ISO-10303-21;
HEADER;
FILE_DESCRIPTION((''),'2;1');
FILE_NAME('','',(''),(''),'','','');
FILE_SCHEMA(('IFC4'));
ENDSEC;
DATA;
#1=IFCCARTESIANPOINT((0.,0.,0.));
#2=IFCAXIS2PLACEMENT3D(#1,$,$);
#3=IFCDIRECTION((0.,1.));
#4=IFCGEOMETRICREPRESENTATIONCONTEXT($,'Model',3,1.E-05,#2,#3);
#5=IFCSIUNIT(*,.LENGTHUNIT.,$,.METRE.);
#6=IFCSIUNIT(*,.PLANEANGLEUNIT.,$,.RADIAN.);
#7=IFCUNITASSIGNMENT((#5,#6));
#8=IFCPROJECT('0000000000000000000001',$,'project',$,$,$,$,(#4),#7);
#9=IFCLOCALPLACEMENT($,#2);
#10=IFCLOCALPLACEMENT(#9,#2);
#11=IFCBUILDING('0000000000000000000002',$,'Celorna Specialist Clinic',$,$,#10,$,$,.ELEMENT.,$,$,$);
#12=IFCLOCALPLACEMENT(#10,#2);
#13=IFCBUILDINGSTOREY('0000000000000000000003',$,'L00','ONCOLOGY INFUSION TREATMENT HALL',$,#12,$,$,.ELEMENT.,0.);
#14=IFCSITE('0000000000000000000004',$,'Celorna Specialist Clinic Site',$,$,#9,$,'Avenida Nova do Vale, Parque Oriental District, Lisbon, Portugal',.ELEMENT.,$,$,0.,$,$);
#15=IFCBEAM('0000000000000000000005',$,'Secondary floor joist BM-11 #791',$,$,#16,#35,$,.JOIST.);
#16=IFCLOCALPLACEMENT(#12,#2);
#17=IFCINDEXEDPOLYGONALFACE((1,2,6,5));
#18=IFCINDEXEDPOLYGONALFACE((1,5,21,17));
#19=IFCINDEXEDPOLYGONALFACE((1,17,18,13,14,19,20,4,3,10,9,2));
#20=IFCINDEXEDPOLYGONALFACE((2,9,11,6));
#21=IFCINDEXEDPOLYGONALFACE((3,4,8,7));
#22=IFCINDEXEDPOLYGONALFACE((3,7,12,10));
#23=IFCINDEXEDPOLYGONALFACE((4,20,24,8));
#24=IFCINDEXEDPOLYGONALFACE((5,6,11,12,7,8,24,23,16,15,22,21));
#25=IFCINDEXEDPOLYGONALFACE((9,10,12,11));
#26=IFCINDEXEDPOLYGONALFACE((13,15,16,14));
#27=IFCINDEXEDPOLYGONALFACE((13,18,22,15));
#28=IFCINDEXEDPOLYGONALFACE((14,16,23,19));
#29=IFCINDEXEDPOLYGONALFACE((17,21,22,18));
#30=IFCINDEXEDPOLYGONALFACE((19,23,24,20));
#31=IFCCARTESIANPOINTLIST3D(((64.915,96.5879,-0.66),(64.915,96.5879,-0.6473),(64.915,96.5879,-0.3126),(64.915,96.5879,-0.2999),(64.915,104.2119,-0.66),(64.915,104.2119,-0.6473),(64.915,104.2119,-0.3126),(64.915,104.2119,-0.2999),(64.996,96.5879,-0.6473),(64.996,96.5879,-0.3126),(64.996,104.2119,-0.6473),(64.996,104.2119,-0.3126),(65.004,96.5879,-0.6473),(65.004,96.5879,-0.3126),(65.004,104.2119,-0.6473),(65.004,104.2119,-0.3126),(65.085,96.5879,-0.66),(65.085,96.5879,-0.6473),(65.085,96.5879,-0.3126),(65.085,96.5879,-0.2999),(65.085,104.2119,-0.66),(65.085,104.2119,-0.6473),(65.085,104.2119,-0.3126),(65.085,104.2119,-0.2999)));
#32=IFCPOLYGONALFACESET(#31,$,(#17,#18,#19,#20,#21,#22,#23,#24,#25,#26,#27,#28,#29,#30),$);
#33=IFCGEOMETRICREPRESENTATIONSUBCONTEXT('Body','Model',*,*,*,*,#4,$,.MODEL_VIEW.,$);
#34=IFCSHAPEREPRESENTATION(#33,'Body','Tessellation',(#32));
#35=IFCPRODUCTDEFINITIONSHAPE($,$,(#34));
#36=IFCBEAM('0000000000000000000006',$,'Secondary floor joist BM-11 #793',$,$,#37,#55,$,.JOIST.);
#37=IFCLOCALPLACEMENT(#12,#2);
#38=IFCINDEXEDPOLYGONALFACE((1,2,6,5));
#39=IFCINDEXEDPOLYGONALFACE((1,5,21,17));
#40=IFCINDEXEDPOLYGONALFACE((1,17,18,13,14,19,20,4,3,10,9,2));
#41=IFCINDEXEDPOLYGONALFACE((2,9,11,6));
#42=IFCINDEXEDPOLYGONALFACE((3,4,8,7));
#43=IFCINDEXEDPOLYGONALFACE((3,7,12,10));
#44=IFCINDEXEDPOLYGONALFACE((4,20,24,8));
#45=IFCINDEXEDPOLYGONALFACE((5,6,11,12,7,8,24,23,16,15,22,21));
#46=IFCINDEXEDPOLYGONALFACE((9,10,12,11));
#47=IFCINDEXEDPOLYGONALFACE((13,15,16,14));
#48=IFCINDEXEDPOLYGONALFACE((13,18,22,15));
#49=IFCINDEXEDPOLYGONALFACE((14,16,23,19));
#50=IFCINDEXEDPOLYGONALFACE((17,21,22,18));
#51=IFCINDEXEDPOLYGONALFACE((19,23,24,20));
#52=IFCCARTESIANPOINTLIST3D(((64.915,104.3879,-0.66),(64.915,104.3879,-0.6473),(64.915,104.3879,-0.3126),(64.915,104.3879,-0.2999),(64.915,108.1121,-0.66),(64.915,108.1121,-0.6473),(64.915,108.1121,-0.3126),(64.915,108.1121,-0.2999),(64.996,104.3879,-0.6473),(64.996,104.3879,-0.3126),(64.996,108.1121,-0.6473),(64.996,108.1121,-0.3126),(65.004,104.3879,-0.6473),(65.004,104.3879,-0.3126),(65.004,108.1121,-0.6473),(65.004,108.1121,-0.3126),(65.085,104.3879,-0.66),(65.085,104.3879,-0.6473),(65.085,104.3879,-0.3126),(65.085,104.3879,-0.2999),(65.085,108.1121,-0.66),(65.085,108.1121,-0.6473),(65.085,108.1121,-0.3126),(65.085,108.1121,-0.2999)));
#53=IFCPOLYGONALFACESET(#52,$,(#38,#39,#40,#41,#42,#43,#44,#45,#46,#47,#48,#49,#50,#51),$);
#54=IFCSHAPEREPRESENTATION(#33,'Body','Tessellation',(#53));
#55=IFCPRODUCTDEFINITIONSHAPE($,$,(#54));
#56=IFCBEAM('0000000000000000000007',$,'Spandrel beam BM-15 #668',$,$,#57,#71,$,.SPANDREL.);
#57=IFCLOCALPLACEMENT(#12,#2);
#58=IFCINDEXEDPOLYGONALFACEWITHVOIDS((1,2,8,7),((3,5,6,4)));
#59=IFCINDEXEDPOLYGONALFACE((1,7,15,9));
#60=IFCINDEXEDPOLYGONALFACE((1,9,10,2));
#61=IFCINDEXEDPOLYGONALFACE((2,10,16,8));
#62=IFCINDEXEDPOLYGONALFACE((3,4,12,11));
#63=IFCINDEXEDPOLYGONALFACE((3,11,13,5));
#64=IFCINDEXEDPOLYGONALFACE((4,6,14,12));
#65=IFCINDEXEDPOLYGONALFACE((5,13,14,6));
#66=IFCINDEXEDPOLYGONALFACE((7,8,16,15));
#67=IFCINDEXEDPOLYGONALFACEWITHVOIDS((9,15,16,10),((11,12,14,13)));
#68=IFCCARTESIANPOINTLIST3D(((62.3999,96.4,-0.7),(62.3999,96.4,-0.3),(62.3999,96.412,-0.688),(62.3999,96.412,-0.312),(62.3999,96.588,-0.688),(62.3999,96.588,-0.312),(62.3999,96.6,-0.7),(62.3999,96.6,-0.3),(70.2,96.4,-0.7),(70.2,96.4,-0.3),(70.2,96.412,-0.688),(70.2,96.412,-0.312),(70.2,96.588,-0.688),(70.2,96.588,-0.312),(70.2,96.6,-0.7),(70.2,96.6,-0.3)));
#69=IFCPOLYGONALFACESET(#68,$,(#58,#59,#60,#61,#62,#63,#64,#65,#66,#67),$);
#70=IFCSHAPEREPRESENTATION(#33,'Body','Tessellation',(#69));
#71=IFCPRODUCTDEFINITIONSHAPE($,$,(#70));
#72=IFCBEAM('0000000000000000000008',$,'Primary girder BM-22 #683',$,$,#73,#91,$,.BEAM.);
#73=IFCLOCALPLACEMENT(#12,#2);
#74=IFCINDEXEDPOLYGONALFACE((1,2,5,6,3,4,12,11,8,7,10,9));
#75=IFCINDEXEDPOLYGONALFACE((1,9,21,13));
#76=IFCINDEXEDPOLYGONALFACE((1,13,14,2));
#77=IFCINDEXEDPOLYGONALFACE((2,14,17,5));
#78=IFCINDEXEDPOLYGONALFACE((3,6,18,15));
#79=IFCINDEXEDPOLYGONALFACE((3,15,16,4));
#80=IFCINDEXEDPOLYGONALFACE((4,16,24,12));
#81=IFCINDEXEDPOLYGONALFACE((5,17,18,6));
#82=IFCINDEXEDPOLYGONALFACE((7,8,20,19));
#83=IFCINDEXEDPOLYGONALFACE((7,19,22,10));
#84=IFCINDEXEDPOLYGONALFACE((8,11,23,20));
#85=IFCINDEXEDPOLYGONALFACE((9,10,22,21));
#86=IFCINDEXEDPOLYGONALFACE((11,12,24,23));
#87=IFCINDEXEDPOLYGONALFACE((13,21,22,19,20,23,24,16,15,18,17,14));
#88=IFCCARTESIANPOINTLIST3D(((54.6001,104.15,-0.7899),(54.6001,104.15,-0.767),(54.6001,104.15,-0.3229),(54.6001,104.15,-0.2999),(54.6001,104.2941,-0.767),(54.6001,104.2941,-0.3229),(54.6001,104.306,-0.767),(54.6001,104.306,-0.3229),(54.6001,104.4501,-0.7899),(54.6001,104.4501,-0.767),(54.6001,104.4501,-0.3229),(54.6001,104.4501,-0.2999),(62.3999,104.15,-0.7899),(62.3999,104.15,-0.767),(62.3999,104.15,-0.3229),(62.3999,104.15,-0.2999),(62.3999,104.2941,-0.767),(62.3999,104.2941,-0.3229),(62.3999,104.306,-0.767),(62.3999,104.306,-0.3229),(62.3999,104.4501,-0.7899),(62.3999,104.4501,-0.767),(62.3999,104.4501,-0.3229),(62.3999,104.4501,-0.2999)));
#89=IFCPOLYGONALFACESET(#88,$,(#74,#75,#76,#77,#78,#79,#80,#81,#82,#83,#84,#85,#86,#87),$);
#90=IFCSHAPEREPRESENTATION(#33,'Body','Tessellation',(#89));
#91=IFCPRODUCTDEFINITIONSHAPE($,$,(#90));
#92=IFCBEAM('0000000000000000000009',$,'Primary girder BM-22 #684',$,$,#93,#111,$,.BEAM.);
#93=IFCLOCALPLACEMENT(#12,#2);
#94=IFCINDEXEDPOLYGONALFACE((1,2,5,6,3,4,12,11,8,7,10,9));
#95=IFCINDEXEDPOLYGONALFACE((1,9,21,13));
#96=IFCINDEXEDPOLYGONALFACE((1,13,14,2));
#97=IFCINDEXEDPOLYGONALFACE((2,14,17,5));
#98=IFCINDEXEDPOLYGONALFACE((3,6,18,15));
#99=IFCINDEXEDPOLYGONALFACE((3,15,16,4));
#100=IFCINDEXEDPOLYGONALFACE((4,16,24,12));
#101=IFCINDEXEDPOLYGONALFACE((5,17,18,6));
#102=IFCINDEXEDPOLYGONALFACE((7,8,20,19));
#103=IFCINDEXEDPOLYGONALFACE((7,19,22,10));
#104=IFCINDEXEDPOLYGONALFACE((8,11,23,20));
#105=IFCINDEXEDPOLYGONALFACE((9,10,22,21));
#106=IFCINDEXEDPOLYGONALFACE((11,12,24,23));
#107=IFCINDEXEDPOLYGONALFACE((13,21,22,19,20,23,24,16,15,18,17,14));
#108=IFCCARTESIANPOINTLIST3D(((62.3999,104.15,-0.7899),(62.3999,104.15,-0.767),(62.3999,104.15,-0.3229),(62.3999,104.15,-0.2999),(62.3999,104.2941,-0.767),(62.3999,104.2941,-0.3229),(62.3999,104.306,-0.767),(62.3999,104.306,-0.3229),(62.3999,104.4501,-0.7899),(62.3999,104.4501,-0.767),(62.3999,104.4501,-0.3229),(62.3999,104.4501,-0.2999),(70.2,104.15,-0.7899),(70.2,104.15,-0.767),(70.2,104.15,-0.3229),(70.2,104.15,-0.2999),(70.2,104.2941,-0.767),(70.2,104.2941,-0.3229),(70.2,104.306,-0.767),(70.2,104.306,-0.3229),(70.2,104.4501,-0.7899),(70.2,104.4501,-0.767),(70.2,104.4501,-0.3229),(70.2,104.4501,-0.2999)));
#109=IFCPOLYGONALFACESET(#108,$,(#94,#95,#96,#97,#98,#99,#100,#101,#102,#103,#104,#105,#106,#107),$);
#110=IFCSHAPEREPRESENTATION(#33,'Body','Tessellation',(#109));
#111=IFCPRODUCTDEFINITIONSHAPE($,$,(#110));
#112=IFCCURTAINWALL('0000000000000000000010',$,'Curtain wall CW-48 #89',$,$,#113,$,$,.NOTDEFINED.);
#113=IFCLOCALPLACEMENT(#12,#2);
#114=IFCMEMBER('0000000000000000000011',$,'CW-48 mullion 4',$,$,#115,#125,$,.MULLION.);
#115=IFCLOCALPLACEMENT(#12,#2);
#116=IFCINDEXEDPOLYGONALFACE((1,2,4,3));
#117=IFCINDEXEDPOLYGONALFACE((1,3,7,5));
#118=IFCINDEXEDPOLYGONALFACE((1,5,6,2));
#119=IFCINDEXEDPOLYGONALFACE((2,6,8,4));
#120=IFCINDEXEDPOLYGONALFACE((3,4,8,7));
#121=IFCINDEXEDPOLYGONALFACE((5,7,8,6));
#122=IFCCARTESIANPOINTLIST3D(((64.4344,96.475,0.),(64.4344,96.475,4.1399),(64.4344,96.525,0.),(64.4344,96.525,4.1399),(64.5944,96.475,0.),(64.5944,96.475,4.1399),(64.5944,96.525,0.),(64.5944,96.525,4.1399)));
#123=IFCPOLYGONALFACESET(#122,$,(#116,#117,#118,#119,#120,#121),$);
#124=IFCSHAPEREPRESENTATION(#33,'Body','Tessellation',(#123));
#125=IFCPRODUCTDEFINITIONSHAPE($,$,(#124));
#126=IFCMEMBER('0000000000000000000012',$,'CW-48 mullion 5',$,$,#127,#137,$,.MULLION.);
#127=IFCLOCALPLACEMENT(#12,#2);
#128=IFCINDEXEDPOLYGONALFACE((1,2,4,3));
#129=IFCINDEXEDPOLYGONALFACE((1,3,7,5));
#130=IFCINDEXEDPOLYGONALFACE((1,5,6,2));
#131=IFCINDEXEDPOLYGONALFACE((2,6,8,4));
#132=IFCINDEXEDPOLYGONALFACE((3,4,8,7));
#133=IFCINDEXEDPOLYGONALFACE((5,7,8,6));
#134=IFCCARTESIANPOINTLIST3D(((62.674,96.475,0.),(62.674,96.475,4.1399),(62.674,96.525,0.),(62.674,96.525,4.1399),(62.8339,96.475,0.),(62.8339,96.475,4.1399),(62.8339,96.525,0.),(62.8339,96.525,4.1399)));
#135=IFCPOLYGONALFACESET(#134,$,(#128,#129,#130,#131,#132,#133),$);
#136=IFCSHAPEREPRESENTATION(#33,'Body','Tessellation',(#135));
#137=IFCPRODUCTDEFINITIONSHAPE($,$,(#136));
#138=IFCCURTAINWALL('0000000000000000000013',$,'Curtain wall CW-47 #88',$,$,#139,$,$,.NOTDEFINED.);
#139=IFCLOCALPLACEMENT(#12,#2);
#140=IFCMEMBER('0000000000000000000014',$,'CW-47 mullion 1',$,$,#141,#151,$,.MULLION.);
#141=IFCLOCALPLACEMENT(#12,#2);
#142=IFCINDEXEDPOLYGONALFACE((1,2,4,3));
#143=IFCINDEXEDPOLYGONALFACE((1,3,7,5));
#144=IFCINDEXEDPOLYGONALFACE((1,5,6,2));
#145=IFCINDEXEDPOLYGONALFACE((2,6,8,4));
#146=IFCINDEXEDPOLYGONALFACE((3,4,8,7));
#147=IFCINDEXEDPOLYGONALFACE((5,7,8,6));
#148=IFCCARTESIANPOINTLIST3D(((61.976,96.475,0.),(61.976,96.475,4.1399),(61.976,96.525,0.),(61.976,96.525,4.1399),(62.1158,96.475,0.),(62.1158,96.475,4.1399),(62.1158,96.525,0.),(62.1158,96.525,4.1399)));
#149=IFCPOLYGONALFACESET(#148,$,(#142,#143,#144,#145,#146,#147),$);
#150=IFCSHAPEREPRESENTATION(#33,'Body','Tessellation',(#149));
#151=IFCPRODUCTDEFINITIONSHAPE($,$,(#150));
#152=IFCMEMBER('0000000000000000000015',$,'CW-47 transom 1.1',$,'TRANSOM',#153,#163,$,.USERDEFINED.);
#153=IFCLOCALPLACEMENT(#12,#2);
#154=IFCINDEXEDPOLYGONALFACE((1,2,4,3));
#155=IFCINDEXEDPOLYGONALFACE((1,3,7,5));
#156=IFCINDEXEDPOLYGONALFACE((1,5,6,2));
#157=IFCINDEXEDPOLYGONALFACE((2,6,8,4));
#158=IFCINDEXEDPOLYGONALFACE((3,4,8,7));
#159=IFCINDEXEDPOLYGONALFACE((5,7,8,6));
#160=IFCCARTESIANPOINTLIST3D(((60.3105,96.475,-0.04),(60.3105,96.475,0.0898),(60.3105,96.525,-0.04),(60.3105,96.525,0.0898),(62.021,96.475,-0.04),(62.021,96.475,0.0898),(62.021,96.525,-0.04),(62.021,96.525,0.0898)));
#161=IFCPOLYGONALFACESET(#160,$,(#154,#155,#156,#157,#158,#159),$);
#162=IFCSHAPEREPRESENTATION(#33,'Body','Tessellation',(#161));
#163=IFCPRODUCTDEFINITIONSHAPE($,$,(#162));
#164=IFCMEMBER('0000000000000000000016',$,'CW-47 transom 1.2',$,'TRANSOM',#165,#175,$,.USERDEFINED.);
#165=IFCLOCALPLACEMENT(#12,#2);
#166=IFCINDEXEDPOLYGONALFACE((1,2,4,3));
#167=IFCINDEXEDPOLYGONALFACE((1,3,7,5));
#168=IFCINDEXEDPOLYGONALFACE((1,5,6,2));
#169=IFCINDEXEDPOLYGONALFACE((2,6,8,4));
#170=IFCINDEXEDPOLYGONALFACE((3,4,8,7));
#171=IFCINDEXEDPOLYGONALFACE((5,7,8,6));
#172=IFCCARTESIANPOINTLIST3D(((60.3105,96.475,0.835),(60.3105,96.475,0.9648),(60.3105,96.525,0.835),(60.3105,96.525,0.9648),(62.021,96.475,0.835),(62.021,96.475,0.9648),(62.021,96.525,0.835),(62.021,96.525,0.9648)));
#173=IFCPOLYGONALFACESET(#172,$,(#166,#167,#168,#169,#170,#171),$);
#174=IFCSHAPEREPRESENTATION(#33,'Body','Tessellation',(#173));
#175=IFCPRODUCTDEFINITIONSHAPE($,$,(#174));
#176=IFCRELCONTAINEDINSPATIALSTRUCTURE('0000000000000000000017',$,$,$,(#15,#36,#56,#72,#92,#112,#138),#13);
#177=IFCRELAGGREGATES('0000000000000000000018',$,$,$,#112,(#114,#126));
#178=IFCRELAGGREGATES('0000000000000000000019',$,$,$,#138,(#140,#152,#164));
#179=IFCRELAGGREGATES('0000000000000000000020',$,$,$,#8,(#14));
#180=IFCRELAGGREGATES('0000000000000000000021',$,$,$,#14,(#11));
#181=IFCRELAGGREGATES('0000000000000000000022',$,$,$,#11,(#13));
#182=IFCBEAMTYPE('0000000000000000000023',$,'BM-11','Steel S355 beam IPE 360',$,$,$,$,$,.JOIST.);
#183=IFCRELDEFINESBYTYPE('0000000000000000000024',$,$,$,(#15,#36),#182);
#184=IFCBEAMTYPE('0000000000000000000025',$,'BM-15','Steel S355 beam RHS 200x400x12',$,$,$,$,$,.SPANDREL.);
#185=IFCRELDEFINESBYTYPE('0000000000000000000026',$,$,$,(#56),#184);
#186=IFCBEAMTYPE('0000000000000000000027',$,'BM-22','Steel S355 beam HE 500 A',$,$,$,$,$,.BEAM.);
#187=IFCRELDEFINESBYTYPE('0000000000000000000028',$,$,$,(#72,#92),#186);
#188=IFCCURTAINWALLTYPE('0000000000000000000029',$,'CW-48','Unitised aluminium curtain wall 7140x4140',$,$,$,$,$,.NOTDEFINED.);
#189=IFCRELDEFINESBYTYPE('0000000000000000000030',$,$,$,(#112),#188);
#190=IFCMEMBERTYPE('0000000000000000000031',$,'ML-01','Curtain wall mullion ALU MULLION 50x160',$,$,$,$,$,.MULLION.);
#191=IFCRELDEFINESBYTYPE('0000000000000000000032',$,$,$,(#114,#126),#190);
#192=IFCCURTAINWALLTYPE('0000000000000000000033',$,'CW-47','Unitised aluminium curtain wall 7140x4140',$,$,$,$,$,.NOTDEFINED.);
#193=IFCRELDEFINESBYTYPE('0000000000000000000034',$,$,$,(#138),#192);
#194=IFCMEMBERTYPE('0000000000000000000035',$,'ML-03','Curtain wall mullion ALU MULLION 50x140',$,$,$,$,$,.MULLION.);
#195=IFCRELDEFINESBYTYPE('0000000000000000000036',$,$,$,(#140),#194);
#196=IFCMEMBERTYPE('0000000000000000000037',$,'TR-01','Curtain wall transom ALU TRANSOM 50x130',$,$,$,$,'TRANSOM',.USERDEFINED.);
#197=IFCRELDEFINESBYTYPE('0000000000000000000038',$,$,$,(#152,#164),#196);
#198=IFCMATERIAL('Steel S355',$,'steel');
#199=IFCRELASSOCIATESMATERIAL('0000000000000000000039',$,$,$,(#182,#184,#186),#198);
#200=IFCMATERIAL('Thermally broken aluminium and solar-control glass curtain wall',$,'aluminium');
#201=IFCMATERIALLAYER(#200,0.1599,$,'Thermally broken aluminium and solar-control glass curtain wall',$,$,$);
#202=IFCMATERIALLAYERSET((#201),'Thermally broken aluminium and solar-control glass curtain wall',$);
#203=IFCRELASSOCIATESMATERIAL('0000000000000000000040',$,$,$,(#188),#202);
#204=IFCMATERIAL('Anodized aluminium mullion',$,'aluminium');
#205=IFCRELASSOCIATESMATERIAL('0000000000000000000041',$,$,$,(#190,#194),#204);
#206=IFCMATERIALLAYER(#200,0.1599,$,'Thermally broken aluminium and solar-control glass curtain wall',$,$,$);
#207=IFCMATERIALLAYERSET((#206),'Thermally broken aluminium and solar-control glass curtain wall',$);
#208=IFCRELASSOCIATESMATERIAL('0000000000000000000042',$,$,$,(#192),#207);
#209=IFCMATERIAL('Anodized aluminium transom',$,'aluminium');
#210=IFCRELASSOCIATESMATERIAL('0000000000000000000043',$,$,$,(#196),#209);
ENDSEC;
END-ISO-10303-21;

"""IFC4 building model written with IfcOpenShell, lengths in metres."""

from ifc_helpers import new_model, si_unit, direction, frame, origin, origin_2d, place, context, subcontext, project, spatial, rectangle, hollow_rectangle, i_section, extrude, material, layer, layer_set, material_profile, profile_set, type_object, element, aggregate, save


model = new_model("IFC4")

# Units and contexts
model_context = context("Model", 3, precision=1e-05, world=origin(), true_north=direction((0.0, 1.0)))
body_context = subcontext(model_context, "Body", "Model", "MODEL_VIEW")
ifc_project = project(units=[si_unit("LENGTHUNIT", "METRE"), si_unit("PLANEANGLEUNIT", "RADIAN")], contexts=[model_context])

# Site, building, storey
site_placement = place(None, origin())
site = spatial("IfcSite", under=ifc_project, at=site_placement, Name="Celorna Specialist Clinic Site", LongName="Avenida Nova do Vale, Parque Oriental District, Lisbon, Portugal", CompositionType="ELEMENT", RefElevation=0.0)
building_placement = place(site_placement, origin())
building = spatial("IfcBuilding", under=site, at=building_placement, Name="Celorna Specialist Clinic", CompositionType="ELEMENT")
storey_placement = place(building_placement, origin())
storey = spatial("IfcBuildingStorey", under=building, at=storey_placement, Name="L00", Description="ONCOLOGY INFUSION TREATMENT HALL", CompositionType="ELEMENT", Elevation=0.0)

# Beams
ifc_material_1 = material(Name="Steel S355", Category="steel")
ifc_material_profile_1 = material_profile(ifc_material_1, i_section(OverallWidth=0.1699, OverallDepth=0.3601, WebThickness=0.0081, FlangeThickness=0.0127, at=origin_2d()), Name="IPE 360")
ifc_profile_set_1 = profile_set([ifc_material_profile_1], Name="Steel S355")
beam_type_1 = type_object("IfcBeamType", Name="BM-11", Description="Steel S355 beam IPE 360", PredefinedType="JOIST", material=ifc_profile_set_1)
beam_1_placement = place(storey_placement, frame((65.0, 96.5879, -0.48), z_axis=(0.0, 1.0, 0.0), x_axis=(-1.0, 0.0, 0.0)))
element("IfcBeam", 1, at=beam_1_placement, inside=storey, type_object=beam_type_1, Name="Secondary floor joist BM-11 #791", PredefinedType="JOIST", context=body_context, shape_type="SweptSolid", body=[
    extrude(i_section(OverallWidth=0.1699, OverallDepth=0.3601, WebThickness=0.0081, FlangeThickness=0.0127, at=origin_2d()), origin(), (0.0, 0.0, 1.0), 7.624),
])
beam_2_placement = place(storey_placement, frame((65.0, 104.3879, -0.48), z_axis=(0.0, 1.0, 0.0), x_axis=(-1.0, 0.0, 0.0)))
element("IfcBeam", 2, at=beam_2_placement, inside=storey, type_object=beam_type_1, Name="Secondary floor joist BM-11 #793", PredefinedType="JOIST", context=body_context, shape_type="SweptSolid", body=[
    extrude(i_section(OverallWidth=0.1699, OverallDepth=0.3601, WebThickness=0.0081, FlangeThickness=0.0127, at=origin_2d()), origin(), (0.0, 0.0, 1.0), 3.7241),
])
ifc_material_profile_2 = material_profile(ifc_material_1, hollow_rectangle(XDim=0.2, YDim=0.3999, WallThickness=0.012, at=origin_2d()), Name="RHS 200x400x12")
ifc_profile_set_2 = profile_set([ifc_material_profile_2], Name="Steel S355")
beam_type_2 = type_object("IfcBeamType", Name="BM-15", Description="Steel S355 beam RHS 200x400x12", PredefinedType="SPANDREL", material=ifc_profile_set_2)
beam_3_placement = place(storey_placement, frame((62.3999, 96.5, -0.5), z_axis=(1.0, 0.0, 0.0), x_axis=(0.0, 1.0, 0.0)))
element("IfcBeam", 3, at=beam_3_placement, inside=storey, type_object=beam_type_2, Name="Spandrel beam BM-15 #668", PredefinedType="SPANDREL", context=body_context, shape_type="SweptSolid", body=[
    extrude(hollow_rectangle(XDim=0.2, YDim=0.3999, WallThickness=0.012, at=origin_2d()), origin(), (0.0, 0.0, 1.0), 7.8),
])
ifc_material_profile_3 = material_profile(ifc_material_1, i_section(OverallWidth=0.3, OverallDepth=0.49, WebThickness=0.012, FlangeThickness=0.0229, at=origin_2d()), Name="HE 500 A")
ifc_profile_set_3 = profile_set([ifc_material_profile_3], Name="Steel S355")
beam_type_3 = type_object("IfcBeamType", Name="BM-22", Description="Steel S355 beam HE 500 A", PredefinedType="BEAM", material=ifc_profile_set_3)
beam_4_placement = place(storey_placement, frame((54.6001, 104.3, -0.5449), z_axis=(1.0, 0.0, 0.0), x_axis=(0.0, 1.0, 0.0)))
element("IfcBeam", 4, at=beam_4_placement, inside=storey, type_object=beam_type_3, Name="Primary girder BM-22 #683", PredefinedType="BEAM", context=body_context, shape_type="SweptSolid", body=[
    extrude(i_section(OverallWidth=0.3, OverallDepth=0.49, WebThickness=0.012, FlangeThickness=0.0229, at=origin_2d()), origin(), (0.0, 0.0, 1.0), 7.7998),
])
beam_5_placement = place(storey_placement, frame((62.3999, 104.3, -0.5449), z_axis=(1.0, 0.0, 0.0), x_axis=(0.0, 1.0, 0.0)))
element("IfcBeam", 5, at=beam_5_placement, inside=storey, type_object=beam_type_3, Name="Primary girder BM-22 #684", PredefinedType="BEAM", context=body_context, shape_type="SweptSolid", body=[
    extrude(i_section(OverallWidth=0.3, OverallDepth=0.49, WebThickness=0.012, FlangeThickness=0.0229, at=origin_2d()), origin(), (0.0, 0.0, 1.0), 7.8),
])

# Curtain walls, members
ifc_material_2 = material(Name="Thermally broken aluminium and solar-control glass curtain wall", Category="aluminium")
ifc_layer_1 = layer(ifc_material_2, 0.1599, Name="Thermally broken aluminium and solar-control glass curtain wall")
ifc_layer_set_1 = layer_set([ifc_layer_1], Name="Thermally broken aluminium and solar-control glass curtain wall")
curtain_wall_type_1 = type_object("IfcCurtainWallType", Name="CW-48", Description="Unitised aluminium curtain wall 7140x4140", PredefinedType="NOTDEFINED", material=ifc_layer_set_1)
curtain_wall_1_placement = place(storey_placement, origin())
curtain_wall_1 = element("IfcCurtainWall", 6, at=curtain_wall_1_placement, inside=storey, type_object=curtain_wall_type_1, Name="Curtain wall CW-48 #89", PredefinedType="NOTDEFINED")
ifc_material_3 = material(Name="Anodized aluminium mullion", Category="aluminium")
ifc_material_profile_4 = material_profile(ifc_material_3, rectangle(XDim=0.05, YDim=0.1599, at=origin_2d()), Name="ALU MULLION 50x160")
ifc_profile_set_4 = profile_set([ifc_material_profile_4], Name="Anodized aluminium mullion")
member_type_1 = type_object("IfcMemberType", Name="ML-01", Description="Curtain wall mullion ALU MULLION 50x160", PredefinedType="MULLION", material=ifc_profile_set_4)
member_1_placement = place(storey_placement, frame((64.5144, 96.5, 0.0), z_axis=(0.0, 0.0, 1.0), x_axis=(0.0, -1.0, 0.0)))
member_1 = element("IfcMember", 7, at=member_1_placement, type_object=member_type_1, Name="CW-48 mullion 4", PredefinedType="MULLION", context=body_context, shape_type="SweptSolid", body=[
    extrude(rectangle(XDim=0.05, YDim=0.1599, at=origin_2d()), origin(), (0.0, 0.0, 1.0), 4.1399),
])
member_2_placement = place(storey_placement, frame((62.7539, 96.5, 0.0), z_axis=(0.0, 0.0, 1.0), x_axis=(0.0, -1.0, 0.0)))
member_2 = element("IfcMember", 8, at=member_2_placement, type_object=member_type_1, Name="CW-48 mullion 5", PredefinedType="MULLION", context=body_context, shape_type="SweptSolid", body=[
    extrude(rectangle(XDim=0.05, YDim=0.1599, at=origin_2d()), origin(), (0.0, 0.0, 1.0), 4.1399),
])
ifc_layer_2 = layer(ifc_material_2, 0.1599, Name="Thermally broken aluminium and solar-control glass curtain wall")
ifc_layer_set_2 = layer_set([ifc_layer_2], Name="Thermally broken aluminium and solar-control glass curtain wall")
curtain_wall_type_2 = type_object("IfcCurtainWallType", Name="CW-47", Description="Unitised aluminium curtain wall 7140x4140", PredefinedType="NOTDEFINED", material=ifc_layer_set_2)
curtain_wall_2_placement = place(storey_placement, origin())
curtain_wall_2 = element("IfcCurtainWall", 9, at=curtain_wall_2_placement, inside=storey, type_object=curtain_wall_type_2, Name="Curtain wall CW-47 #88", PredefinedType="NOTDEFINED")
ifc_material_profile_5 = material_profile(ifc_material_3, rectangle(XDim=0.05, YDim=0.1399, at=origin_2d()), Name="ALU MULLION 50x140")
ifc_profile_set_5 = profile_set([ifc_material_profile_5], Name="Anodized aluminium mullion")
member_type_2 = type_object("IfcMemberType", Name="ML-03", Description="Curtain wall mullion ALU MULLION 50x140", PredefinedType="MULLION", material=ifc_profile_set_5)
member_3_placement = place(storey_placement, frame((62.0459, 96.5, 0.0), z_axis=(0.0, 0.0, 1.0), x_axis=(0.0, -1.0, 0.0)))
member_3 = element("IfcMember", 10, at=member_3_placement, type_object=member_type_2, Name="CW-47 mullion 1", PredefinedType="MULLION", context=body_context, shape_type="SweptSolid", body=[
    extrude(rectangle(XDim=0.05, YDim=0.1399, at=origin_2d()), origin(), (0.0, 0.0, 1.0), 4.1399),
])
ifc_material_4 = material(Name="Anodized aluminium transom", Category="aluminium")
ifc_material_profile_6 = material_profile(ifc_material_4, rectangle(XDim=0.05, YDim=0.1299, at=origin_2d()), Name="ALU TRANSOM 50x130")
ifc_profile_set_6 = profile_set([ifc_material_profile_6], Name="Anodized aluminium transom")
member_type_3 = type_object("IfcMemberType", Name="TR-01", Description="Curtain wall transom ALU TRANSOM 50x130", ElementType="TRANSOM", PredefinedType="USERDEFINED", material=ifc_profile_set_6)
member_4_placement = place(storey_placement, frame((62.021, 96.5, 0.0249), z_axis=(-1.0, 0.0, 0.0), x_axis=(0.0, -1.0, 0.0)))
member_4 = element("IfcMember", 11, at=member_4_placement, type_object=member_type_3, Name="CW-47 transom 1.1", ObjectType="TRANSOM", PredefinedType="USERDEFINED", context=body_context, shape_type="SweptSolid", body=[
    extrude(rectangle(XDim=0.05, YDim=0.1299, at=origin_2d()), origin(), (0.0, 0.0, 1.0), 1.7104),
])
member_5_placement = place(storey_placement, frame((62.021, 96.5, 0.8999), z_axis=(-1.0, 0.0, 0.0), x_axis=(0.0, -1.0, 0.0)))
member_5 = element("IfcMember", 12, at=member_5_placement, type_object=member_type_3, Name="CW-47 transom 1.2", ObjectType="TRANSOM", PredefinedType="USERDEFINED", context=body_context, shape_type="SweptSolid", body=[
    extrude(rectangle(XDim=0.05, YDim=0.1299, at=origin_2d()), origin(), (0.0, 0.0, 1.0), 1.7104),
])

aggregate(curtain_wall_1, [member_1, member_2])
aggregate(curtain_wall_2, [member_3, member_4, member_5])

save(model, "model.ifc")
